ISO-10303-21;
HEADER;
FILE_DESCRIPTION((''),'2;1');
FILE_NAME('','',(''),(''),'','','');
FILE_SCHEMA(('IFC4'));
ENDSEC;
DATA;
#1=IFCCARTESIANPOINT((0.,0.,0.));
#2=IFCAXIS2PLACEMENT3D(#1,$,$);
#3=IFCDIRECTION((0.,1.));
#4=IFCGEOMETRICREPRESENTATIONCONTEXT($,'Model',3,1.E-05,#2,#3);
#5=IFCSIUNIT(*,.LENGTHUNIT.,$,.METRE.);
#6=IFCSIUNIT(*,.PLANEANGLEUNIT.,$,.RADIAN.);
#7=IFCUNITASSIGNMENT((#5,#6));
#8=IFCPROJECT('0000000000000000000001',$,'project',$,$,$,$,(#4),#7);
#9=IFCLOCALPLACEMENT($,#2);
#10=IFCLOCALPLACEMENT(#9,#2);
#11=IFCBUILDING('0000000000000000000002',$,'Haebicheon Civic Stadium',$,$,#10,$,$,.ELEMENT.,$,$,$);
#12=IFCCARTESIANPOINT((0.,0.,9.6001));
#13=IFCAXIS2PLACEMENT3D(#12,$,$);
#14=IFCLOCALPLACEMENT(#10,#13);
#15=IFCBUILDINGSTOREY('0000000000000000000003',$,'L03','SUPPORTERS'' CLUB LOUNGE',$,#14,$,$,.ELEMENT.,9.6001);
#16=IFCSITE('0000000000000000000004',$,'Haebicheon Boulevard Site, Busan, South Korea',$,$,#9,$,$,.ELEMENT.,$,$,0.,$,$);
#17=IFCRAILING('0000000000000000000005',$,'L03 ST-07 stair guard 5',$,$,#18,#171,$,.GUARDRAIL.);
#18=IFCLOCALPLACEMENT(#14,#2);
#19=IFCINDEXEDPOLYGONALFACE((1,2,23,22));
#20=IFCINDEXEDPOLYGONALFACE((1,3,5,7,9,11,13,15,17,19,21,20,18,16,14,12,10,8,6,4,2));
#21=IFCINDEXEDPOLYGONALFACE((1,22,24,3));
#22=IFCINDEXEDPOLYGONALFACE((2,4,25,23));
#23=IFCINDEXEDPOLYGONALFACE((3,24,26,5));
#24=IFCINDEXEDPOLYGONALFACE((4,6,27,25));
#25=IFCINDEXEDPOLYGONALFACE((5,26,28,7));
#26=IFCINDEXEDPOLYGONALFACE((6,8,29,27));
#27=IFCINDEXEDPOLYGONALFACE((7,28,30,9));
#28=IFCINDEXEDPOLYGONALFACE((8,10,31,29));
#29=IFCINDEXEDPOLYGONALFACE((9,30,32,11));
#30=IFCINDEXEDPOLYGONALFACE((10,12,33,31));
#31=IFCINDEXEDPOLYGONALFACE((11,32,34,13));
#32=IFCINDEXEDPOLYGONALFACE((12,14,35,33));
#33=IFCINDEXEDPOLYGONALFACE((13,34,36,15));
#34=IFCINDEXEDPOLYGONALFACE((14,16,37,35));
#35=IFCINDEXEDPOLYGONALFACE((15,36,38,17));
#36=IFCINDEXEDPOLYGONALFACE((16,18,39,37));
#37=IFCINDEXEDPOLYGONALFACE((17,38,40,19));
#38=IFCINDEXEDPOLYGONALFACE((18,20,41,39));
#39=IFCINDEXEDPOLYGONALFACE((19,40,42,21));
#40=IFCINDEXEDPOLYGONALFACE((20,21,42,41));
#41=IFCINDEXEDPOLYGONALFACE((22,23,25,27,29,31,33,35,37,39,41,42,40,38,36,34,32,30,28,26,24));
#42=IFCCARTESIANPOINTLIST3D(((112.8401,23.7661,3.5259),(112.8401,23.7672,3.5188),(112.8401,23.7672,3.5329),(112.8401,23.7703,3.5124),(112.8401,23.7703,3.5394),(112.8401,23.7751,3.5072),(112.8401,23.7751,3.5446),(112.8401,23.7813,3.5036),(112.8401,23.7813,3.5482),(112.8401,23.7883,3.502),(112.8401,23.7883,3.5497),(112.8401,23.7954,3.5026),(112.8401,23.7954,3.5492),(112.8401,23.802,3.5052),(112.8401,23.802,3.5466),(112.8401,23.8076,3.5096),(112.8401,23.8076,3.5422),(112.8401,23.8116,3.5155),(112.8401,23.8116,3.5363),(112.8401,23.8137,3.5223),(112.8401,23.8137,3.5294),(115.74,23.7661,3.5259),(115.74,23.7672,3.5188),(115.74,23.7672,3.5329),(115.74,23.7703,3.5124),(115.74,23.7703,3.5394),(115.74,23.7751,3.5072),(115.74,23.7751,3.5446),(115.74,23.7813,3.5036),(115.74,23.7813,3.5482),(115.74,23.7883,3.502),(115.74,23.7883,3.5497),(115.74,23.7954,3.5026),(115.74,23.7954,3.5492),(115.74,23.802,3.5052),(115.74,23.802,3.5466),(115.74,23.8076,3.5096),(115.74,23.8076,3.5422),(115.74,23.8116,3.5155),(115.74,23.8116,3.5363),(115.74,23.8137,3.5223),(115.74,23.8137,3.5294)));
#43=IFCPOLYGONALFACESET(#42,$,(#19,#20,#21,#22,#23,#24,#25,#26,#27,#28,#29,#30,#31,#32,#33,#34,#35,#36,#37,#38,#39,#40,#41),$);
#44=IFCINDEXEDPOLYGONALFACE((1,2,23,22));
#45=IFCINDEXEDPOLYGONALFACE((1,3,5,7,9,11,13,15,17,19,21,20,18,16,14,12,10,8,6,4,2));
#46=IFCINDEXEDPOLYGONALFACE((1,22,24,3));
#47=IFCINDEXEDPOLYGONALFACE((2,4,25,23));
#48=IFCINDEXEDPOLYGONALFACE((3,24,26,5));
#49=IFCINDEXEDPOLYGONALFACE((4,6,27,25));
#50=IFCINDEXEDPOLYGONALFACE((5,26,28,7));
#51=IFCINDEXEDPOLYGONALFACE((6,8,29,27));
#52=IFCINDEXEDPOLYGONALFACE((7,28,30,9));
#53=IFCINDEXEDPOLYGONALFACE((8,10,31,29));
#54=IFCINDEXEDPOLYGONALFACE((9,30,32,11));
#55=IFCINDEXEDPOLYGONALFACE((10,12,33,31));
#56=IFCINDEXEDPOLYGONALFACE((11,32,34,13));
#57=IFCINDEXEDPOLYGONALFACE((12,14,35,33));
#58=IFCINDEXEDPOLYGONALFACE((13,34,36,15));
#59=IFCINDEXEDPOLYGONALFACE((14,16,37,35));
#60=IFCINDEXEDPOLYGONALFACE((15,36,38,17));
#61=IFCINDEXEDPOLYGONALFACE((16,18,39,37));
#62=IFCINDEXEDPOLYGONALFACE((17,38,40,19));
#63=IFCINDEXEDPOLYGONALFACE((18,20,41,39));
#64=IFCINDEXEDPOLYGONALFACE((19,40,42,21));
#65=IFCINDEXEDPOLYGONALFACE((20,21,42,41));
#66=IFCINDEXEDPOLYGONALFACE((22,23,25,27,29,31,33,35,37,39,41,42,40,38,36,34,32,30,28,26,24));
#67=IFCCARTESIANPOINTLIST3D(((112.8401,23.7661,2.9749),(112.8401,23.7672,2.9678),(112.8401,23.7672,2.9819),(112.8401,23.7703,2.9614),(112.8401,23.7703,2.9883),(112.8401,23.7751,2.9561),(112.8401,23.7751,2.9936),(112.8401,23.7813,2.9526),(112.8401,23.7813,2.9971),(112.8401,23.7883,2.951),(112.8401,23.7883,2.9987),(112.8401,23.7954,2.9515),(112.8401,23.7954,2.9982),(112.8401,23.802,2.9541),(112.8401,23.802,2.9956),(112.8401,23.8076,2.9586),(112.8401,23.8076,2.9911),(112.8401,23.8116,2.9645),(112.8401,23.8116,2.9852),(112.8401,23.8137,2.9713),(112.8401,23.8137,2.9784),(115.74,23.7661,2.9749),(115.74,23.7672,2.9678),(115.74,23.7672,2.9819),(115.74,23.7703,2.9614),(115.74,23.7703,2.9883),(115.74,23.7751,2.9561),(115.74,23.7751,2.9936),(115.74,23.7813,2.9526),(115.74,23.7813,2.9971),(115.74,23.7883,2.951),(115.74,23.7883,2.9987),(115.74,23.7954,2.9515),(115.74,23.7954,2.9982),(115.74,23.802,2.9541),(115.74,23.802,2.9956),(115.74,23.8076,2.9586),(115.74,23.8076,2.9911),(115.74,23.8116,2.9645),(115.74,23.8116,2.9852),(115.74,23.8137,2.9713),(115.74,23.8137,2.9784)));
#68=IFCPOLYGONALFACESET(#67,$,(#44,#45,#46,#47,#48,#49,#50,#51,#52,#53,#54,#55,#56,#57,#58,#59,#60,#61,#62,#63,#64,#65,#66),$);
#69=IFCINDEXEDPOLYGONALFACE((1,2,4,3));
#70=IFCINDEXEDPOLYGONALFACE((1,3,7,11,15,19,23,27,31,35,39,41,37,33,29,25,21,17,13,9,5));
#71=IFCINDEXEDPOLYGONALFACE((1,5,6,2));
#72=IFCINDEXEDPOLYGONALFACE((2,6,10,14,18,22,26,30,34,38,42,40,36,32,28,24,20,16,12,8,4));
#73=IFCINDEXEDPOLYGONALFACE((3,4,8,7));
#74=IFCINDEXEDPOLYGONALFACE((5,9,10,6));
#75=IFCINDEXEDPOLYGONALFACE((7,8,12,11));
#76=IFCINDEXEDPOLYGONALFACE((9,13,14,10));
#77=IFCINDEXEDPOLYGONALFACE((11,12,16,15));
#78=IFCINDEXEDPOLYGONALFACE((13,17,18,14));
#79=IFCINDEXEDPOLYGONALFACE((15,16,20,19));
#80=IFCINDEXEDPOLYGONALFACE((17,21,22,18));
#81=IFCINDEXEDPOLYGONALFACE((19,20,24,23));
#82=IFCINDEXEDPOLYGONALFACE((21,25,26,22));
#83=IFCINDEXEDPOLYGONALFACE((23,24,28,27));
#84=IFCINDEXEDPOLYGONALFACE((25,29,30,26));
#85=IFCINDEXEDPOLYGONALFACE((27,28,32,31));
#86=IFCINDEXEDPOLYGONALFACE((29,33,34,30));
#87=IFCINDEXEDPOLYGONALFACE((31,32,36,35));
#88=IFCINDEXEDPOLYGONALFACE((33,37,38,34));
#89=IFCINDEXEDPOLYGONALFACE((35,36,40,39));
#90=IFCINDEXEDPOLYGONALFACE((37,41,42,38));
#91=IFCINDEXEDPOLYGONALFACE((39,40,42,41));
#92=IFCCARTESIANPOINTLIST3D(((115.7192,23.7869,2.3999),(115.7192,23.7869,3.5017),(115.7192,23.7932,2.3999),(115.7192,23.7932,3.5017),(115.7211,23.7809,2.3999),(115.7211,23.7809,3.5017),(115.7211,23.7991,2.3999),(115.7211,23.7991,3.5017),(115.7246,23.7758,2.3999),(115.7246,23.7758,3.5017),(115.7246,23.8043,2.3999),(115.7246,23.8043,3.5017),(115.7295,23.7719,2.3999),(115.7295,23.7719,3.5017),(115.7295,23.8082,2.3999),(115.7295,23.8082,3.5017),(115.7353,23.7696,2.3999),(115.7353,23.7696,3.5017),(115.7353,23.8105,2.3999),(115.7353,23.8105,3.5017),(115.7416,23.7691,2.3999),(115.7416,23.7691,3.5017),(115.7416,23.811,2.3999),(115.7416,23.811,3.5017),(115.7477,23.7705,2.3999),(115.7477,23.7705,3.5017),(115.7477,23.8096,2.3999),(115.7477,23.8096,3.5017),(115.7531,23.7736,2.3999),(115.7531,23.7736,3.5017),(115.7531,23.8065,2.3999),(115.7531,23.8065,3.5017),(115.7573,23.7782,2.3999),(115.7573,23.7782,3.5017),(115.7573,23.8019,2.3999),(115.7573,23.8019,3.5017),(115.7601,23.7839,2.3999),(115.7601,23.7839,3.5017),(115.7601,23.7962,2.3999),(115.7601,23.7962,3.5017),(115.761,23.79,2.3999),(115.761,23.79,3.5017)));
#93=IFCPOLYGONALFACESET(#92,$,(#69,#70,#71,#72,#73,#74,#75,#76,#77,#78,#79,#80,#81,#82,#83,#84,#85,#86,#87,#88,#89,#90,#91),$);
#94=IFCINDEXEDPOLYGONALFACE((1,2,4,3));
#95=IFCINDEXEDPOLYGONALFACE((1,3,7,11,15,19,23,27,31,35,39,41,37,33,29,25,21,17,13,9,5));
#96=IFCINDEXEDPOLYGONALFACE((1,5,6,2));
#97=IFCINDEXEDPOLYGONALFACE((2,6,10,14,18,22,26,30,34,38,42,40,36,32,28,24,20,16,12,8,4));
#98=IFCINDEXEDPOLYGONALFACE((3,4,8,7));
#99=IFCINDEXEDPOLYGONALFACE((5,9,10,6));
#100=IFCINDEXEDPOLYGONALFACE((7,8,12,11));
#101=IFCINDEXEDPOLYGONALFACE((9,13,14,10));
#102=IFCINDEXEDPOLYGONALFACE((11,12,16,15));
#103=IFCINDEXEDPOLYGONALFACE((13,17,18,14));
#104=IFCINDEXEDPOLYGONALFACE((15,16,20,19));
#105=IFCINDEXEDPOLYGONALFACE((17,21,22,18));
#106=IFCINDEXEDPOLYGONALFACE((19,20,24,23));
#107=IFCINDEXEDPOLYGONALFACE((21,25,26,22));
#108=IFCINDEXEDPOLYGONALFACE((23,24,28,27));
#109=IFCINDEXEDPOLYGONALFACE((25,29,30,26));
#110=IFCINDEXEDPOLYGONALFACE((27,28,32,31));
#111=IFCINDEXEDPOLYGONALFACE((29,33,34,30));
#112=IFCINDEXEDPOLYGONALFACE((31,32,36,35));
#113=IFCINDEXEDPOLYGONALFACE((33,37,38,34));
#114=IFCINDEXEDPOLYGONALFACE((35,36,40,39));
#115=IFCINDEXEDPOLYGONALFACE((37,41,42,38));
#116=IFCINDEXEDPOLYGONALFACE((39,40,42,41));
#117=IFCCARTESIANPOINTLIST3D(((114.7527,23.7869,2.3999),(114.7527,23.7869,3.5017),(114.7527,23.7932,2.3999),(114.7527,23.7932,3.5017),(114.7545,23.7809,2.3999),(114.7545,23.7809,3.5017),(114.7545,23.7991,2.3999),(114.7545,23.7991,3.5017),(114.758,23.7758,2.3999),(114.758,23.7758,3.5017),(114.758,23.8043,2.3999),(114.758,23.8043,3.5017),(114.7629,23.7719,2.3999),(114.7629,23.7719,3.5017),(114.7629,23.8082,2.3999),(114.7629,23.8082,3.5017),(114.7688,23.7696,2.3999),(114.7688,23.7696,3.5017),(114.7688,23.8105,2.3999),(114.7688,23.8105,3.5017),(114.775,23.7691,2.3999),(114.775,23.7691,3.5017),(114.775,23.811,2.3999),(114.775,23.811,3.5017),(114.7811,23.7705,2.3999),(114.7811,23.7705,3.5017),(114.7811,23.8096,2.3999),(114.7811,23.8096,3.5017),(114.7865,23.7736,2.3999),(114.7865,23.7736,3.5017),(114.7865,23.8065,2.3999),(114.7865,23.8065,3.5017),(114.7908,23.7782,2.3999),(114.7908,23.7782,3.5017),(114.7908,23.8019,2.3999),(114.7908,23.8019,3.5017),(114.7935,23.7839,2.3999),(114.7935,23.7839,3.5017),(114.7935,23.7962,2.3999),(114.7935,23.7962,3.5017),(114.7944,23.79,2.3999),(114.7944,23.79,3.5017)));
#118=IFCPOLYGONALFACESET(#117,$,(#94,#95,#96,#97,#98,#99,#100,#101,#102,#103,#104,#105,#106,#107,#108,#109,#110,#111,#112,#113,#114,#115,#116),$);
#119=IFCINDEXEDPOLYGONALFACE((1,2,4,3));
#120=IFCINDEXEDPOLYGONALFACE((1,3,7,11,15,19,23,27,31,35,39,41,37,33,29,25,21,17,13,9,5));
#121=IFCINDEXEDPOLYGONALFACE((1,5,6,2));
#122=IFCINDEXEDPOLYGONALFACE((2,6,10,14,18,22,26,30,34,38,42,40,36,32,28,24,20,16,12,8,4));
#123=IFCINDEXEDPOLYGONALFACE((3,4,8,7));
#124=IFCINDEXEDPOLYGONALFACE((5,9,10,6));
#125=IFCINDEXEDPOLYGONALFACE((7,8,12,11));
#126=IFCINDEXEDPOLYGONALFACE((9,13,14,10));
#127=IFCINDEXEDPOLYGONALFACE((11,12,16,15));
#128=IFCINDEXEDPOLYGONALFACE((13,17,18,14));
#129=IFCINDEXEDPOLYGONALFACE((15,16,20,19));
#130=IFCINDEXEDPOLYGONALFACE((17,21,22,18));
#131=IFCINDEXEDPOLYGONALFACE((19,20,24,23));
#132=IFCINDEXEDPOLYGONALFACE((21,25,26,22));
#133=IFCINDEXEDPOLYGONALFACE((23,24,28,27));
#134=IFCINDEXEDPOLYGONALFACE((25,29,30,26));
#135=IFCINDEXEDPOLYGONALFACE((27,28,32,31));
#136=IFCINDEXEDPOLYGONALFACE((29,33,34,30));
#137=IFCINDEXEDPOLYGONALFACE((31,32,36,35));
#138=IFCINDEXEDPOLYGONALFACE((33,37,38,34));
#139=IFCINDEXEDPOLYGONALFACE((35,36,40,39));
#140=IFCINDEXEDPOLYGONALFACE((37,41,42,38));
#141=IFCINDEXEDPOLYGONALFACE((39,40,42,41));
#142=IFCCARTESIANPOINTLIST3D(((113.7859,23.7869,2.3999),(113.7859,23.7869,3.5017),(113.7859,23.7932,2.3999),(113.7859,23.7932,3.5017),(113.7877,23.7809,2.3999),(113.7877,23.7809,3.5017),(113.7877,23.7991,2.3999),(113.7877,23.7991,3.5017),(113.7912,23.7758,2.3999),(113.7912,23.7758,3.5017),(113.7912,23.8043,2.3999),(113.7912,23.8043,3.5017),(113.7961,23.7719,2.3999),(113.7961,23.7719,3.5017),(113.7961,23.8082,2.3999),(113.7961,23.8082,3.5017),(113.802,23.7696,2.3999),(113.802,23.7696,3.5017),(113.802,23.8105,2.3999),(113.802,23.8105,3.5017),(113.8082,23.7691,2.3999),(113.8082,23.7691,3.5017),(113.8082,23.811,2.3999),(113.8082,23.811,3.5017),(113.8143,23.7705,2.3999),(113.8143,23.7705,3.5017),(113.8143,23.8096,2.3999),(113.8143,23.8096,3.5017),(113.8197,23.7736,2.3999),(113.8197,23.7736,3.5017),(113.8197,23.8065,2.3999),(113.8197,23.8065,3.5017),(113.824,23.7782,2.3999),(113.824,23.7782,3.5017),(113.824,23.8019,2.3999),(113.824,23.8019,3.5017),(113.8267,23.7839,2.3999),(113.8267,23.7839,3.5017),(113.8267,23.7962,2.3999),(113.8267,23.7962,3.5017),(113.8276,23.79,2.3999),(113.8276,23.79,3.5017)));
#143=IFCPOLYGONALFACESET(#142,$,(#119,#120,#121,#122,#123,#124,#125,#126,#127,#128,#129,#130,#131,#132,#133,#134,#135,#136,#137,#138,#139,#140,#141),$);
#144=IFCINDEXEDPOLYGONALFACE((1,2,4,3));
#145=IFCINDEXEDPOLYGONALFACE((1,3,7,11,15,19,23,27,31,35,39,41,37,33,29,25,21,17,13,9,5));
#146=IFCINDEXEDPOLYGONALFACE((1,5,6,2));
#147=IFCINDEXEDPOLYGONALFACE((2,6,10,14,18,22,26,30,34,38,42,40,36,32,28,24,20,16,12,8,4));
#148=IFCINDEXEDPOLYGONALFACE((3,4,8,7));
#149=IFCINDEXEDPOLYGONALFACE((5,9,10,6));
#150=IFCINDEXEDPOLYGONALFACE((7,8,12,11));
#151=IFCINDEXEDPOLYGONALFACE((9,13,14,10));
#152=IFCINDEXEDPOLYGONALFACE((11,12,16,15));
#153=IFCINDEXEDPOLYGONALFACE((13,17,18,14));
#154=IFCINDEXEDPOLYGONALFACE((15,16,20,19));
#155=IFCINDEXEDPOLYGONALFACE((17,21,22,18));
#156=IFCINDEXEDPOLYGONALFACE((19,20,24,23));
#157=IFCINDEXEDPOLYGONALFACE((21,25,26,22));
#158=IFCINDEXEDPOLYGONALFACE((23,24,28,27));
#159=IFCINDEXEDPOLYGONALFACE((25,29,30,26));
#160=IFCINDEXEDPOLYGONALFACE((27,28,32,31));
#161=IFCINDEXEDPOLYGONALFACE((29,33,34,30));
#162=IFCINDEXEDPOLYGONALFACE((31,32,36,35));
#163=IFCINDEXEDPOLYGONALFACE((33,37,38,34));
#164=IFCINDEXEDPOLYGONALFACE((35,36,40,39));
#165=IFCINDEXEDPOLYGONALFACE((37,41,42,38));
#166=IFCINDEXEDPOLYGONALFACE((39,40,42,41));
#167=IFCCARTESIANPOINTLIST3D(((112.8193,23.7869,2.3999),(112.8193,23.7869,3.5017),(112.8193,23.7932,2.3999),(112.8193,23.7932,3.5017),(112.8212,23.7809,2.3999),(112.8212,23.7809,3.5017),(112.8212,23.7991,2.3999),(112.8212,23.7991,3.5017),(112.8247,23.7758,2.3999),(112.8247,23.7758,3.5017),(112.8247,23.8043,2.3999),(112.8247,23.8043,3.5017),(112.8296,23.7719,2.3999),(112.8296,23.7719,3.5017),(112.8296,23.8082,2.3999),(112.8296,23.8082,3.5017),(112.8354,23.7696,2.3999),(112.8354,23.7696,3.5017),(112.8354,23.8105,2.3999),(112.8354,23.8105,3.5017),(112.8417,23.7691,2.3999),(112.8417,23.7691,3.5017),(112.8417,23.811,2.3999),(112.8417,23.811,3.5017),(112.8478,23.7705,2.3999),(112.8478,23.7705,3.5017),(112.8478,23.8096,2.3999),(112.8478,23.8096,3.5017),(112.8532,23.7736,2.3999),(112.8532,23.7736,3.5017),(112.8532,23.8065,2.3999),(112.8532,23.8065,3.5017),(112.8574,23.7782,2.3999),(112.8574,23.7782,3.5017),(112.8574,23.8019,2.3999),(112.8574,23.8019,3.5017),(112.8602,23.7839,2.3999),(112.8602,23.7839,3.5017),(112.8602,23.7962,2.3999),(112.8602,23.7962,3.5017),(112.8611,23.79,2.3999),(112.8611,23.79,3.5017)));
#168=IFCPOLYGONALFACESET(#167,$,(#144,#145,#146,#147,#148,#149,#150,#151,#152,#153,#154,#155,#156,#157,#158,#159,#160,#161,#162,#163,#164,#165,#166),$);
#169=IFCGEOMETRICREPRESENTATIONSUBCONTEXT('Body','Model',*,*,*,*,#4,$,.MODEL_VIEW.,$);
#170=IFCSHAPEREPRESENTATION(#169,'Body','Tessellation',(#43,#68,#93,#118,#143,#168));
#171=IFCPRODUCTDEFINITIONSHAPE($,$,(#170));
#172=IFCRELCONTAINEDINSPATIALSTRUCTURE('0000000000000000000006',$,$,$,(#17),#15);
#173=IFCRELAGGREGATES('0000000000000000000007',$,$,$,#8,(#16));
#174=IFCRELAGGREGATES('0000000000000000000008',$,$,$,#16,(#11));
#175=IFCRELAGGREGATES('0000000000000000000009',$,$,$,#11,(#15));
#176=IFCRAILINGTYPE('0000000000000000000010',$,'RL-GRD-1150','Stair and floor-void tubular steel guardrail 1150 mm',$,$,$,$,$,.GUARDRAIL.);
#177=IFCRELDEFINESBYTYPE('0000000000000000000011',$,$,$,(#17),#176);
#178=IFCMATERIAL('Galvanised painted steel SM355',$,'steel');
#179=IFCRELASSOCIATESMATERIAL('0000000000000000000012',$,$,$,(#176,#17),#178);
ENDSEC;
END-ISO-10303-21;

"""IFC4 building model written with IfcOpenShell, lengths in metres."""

from ifc_helpers import new_model, si_unit, direction, frame, origin, origin_2d, place, context, subcontext, project, spatial, circle, extrude, material, type_object, element, save


model = new_model("IFC4")

# Units and contexts
model_context = context("Model", 3, precision=1e-05, world=origin(), true_north=direction((0.0, 1.0)))
body_context = subcontext(model_context, "Body", "Model", "MODEL_VIEW")
ifc_project = project(units=[si_unit("LENGTHUNIT", "METRE"), si_unit("PLANEANGLEUNIT", "RADIAN")], contexts=[model_context])

# Site, building, storey
site_placement = place(None, origin())
site = spatial("IfcSite", under=ifc_project, at=site_placement, Name="Haebicheon Boulevard Site, Busan, South Korea", CompositionType="ELEMENT", RefElevation=0.0)
building_placement = place(site_placement, origin())
building = spatial("IfcBuilding", under=site, at=building_placement, Name="Haebicheon Civic Stadium", CompositionType="ELEMENT")
storey_placement = place(building_placement, frame((0.0, 0.0, 9.6001)))
storey = spatial("IfcBuildingStorey", under=building, at=storey_placement, Name="L03", Description="SUPPORTERS' CLUB LOUNGE", CompositionType="ELEMENT", Elevation=9.6001)

# Railing
ifc_material_1 = material(Name="Galvanised painted steel SM355", Category="steel")
railing_type_1 = type_object("IfcRailingType", Name="RL-GRD-1150", Description="Stair and floor-void tubular steel guardrail 1150 mm", PredefinedType="GUARDRAIL", material=ifc_material_1)
railing_1_placement = place(storey_placement, frame((115.74, 23.79, 2.3999)))
element("IfcRailing", 1, at=railing_1_placement, inside=storey, type_object=railing_type_1, material=ifc_material_1, Name="L03 ST-07 stair guard 5", PredefinedType="GUARDRAIL", context=body_context, shape_type="SweptSolid", body=[
    extrude(circle(Radius=0.0239, at=origin_2d()), frame((0.0, 0.0, 1.126), z_axis=(-1.0, 0.0, 0.0), x_axis=(0.0, -1.0, 0.0)), (0.0, 0.0, 1.0), 2.8999),
    extrude(circle(Radius=0.0239, at=origin_2d()), frame((0.0, 0.0, 0.575), z_axis=(-1.0, 0.0, 0.0), x_axis=(0.0, -1.0, 0.0)), (0.0, 0.0, 1.0), 2.8999),
    extrude(circle(Radius=0.021, at=origin_2d()), origin(), (0.0, 0.0, 1.0), 1.1018),
    extrude(circle(Radius=0.021, at=origin_2d()), frame((-0.9666, 0.0, 0.0)), (0.0, 0.0, 1.0), 1.1018),
    extrude(circle(Radius=0.021, at=origin_2d()), frame((-1.9333, 0.0, 0.0)), (0.0, 0.0, 1.0), 1.1018),
    extrude(circle(Radius=0.021, at=origin_2d()), frame((-2.8999, 0.0, 0.0)), (0.0, 0.0, 1.0), 1.1018),
])

save(model, "model.ifc")
